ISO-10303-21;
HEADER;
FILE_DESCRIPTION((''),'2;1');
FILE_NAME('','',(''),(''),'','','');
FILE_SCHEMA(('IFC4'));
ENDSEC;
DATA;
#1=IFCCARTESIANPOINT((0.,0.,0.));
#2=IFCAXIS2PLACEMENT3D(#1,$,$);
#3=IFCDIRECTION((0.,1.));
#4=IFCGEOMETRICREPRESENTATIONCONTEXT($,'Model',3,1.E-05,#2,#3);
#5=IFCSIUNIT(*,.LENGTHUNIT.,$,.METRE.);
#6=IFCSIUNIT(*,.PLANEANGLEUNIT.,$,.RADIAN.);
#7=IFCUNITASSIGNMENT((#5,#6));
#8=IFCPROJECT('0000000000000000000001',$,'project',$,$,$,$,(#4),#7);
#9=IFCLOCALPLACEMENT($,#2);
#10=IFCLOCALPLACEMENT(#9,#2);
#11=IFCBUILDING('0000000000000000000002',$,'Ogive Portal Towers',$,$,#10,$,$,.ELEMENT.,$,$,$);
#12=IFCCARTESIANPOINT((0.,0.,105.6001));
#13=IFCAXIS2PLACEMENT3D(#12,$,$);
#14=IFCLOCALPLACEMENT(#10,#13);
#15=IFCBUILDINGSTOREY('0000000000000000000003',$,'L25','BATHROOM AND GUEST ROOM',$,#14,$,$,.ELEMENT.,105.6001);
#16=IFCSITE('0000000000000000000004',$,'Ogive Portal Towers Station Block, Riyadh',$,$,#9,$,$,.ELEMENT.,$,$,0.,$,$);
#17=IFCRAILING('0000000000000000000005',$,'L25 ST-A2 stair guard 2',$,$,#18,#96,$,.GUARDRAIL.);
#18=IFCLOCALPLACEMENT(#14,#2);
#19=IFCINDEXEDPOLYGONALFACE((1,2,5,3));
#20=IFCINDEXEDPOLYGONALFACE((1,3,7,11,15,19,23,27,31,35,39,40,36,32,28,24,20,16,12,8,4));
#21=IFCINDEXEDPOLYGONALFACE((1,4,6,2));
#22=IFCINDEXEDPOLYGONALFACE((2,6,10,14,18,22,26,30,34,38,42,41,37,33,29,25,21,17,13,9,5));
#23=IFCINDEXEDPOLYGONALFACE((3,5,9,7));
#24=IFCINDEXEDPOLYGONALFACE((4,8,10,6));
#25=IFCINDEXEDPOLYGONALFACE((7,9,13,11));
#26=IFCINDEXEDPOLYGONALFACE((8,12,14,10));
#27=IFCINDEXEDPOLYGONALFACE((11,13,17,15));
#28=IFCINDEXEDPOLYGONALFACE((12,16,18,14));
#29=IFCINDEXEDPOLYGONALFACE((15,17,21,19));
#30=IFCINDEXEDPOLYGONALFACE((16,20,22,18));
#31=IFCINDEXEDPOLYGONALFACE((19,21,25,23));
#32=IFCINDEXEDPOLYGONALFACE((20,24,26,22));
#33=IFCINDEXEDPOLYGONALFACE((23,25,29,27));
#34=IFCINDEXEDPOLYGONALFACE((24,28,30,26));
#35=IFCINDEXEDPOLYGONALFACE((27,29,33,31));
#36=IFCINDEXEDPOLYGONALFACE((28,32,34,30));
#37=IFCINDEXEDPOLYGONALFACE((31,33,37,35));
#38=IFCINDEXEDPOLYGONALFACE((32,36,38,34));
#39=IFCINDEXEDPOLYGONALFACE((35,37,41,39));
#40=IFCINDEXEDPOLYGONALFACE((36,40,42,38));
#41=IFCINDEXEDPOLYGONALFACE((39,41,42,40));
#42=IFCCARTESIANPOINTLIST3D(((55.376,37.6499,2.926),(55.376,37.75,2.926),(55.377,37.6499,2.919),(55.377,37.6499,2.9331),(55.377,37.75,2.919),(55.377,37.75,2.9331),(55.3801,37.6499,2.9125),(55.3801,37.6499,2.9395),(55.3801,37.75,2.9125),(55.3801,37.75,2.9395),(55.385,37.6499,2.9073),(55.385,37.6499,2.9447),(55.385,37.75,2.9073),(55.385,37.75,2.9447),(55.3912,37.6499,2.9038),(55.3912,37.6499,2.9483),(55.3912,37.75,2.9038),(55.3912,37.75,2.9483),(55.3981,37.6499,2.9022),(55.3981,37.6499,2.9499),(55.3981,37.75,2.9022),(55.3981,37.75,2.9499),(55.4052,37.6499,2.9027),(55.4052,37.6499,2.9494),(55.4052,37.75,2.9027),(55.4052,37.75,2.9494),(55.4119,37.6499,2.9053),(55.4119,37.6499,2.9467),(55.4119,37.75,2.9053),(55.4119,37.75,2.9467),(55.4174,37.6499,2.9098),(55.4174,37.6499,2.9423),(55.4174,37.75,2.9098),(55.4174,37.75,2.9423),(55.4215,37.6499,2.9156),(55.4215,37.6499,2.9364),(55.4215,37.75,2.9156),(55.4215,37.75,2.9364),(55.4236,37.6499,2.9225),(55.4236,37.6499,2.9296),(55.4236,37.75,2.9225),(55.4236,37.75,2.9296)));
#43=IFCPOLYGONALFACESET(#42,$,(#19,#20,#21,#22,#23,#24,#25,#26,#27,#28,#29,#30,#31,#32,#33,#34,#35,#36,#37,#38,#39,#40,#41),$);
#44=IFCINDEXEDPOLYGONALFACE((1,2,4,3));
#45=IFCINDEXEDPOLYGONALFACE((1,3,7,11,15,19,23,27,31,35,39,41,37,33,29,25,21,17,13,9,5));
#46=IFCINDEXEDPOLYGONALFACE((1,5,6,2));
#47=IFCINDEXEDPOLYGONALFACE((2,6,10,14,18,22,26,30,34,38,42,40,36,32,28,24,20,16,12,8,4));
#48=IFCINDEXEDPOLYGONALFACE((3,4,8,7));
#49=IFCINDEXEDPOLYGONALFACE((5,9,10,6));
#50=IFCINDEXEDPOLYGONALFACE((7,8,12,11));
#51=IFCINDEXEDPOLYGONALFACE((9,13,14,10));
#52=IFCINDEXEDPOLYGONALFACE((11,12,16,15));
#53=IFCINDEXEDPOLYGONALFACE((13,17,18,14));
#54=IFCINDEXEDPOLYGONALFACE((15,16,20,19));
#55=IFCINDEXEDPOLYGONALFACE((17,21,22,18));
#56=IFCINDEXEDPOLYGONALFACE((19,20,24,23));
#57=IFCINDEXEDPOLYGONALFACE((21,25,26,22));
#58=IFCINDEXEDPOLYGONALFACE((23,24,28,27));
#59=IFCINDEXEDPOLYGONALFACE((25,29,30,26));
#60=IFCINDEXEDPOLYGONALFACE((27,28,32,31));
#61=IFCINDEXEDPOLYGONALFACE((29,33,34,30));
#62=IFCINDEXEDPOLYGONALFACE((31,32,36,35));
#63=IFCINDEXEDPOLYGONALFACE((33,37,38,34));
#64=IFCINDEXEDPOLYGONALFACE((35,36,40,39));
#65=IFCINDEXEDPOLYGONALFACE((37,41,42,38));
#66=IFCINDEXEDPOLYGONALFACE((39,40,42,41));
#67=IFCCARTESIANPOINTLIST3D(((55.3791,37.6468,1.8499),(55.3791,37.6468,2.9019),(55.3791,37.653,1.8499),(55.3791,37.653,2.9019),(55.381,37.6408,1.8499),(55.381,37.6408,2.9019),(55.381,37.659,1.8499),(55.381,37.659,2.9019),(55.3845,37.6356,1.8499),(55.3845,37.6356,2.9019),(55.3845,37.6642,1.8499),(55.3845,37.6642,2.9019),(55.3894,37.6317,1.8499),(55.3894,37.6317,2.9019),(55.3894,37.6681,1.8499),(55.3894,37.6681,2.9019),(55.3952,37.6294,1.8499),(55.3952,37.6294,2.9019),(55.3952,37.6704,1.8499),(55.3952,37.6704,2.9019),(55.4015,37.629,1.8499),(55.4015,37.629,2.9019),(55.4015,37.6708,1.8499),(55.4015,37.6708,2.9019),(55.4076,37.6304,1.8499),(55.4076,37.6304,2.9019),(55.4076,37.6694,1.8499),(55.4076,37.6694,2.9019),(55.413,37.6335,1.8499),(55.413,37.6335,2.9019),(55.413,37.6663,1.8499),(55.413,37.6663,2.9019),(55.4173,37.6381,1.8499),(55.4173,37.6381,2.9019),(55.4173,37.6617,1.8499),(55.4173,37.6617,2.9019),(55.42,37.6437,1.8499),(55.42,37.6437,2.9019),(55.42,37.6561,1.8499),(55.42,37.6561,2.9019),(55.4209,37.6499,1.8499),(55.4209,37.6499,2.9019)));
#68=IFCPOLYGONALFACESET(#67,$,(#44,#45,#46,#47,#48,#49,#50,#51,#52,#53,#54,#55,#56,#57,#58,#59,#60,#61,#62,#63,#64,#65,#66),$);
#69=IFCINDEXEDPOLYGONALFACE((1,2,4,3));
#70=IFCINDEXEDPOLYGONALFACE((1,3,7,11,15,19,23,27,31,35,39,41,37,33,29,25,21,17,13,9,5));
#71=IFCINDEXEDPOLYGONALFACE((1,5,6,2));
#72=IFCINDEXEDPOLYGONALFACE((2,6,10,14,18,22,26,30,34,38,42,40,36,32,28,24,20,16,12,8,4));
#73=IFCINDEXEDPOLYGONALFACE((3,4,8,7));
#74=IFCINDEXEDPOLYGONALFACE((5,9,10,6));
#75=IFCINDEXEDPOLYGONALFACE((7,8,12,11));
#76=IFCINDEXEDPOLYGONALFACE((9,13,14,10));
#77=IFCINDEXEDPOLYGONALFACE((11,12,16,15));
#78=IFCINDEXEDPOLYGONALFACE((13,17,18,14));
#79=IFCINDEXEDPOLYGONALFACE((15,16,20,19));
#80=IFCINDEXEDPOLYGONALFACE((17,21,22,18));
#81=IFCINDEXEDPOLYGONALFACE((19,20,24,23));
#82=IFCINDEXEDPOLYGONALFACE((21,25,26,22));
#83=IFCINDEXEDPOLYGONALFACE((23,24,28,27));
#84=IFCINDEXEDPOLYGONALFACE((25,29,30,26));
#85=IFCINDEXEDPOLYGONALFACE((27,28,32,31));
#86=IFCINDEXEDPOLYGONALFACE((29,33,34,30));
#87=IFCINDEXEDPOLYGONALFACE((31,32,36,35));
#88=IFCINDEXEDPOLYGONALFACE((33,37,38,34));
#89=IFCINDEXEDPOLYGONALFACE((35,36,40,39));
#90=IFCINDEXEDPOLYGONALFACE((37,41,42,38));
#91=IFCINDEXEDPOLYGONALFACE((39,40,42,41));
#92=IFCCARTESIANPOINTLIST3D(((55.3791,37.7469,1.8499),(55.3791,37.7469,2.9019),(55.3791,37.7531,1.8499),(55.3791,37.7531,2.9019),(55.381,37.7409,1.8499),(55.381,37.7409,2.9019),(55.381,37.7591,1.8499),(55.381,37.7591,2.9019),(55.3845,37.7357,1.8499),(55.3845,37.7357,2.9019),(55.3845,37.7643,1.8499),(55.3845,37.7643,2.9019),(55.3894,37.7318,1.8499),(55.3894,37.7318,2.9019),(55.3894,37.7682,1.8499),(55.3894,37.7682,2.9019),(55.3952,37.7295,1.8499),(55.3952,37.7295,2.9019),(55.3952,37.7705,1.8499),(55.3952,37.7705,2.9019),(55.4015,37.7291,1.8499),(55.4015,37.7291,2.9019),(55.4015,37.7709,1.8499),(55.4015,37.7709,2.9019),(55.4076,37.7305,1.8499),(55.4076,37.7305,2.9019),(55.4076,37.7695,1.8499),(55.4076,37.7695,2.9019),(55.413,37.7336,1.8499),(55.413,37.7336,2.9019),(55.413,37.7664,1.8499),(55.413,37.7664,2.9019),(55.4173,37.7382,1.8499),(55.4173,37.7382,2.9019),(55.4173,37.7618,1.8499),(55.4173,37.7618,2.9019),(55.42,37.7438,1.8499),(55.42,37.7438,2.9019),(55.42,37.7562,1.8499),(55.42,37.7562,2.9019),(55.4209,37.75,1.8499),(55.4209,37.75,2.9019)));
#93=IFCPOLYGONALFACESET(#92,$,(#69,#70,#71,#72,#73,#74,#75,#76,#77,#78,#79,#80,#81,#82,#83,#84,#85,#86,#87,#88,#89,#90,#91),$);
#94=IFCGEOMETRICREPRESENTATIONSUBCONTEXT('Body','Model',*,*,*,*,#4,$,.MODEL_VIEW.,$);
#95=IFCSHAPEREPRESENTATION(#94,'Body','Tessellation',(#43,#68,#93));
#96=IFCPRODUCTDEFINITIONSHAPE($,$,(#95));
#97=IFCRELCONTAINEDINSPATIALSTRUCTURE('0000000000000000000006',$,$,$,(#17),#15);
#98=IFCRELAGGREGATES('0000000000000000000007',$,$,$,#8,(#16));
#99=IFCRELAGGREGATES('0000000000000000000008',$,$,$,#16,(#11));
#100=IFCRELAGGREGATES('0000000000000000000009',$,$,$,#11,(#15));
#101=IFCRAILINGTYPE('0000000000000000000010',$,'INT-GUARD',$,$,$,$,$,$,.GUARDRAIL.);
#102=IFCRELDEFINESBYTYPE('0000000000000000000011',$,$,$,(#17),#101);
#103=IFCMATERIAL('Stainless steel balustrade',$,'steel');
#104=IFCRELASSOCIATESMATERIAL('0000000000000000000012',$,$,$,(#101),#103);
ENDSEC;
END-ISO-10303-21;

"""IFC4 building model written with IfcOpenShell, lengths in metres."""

from ifc_helpers import new_model, si_unit, direction, frame, origin, origin_2d, place, context, subcontext, project, spatial, circle, extrude, material, type_object, element, save


model = new_model("IFC4")

# Units and contexts
model_context = context("Model", 3, precision=1e-05, world=origin(), true_north=direction((0.0, 1.0)))
body_context = subcontext(model_context, "Body", "Model", "MODEL_VIEW")
ifc_project = project(units=[si_unit("LENGTHUNIT", "METRE"), si_unit("PLANEANGLEUNIT", "RADIAN")], contexts=[model_context])

# Site, building, storey
site_placement = place(None, origin())
site = spatial("IfcSite", under=ifc_project, at=site_placement, Name="Ogive Portal Towers Station Block, Riyadh", CompositionType="ELEMENT", RefElevation=0.0)
building_placement = place(site_placement, origin())
building = spatial("IfcBuilding", under=site, at=building_placement, Name="Ogive Portal Towers", CompositionType="ELEMENT")
storey_placement = place(building_placement, frame((0.0, 0.0, 105.6001)))
storey = spatial("IfcBuildingStorey", under=building, at=storey_placement, Name="L25", Description="BATHROOM AND GUEST ROOM", CompositionType="ELEMENT", Elevation=105.6001)

# Railing
ifc_material_1 = material(Name="Stainless steel balustrade", Category="steel")
railing_type_1 = type_object("IfcRailingType", Name="INT-GUARD", PredefinedType="GUARDRAIL", material=ifc_material_1)
railing_1_placement = place(storey_placement, frame((55.3999, 37.6499, 1.8499)))
element("IfcRailing", 1, at=railing_1_placement, inside=storey, type_object=railing_type_1, Name="L25 ST-A2 stair guard 2", PredefinedType="GUARDRAIL", context=body_context, shape_type="SweptSolid", body=[
    extrude(circle(Radius=0.0239, at=origin_2d()), frame((0.0, 0.0, 1.0762), z_axis=(0.0, 1.0, 0.0), x_axis=(-1.0, 0.0, 0.0)), (0.0, 0.0, 1.0), 0.1001),
    extrude(circle(Radius=0.021, at=origin_2d()), origin(), (0.0, 0.0, 1.0), 1.052),
    extrude(circle(Radius=0.021, at=origin_2d()), frame((0.0, 0.1001, 0.0)), (0.0, 0.0, 1.0), 1.052),
])

save(model, "model.ifc")
